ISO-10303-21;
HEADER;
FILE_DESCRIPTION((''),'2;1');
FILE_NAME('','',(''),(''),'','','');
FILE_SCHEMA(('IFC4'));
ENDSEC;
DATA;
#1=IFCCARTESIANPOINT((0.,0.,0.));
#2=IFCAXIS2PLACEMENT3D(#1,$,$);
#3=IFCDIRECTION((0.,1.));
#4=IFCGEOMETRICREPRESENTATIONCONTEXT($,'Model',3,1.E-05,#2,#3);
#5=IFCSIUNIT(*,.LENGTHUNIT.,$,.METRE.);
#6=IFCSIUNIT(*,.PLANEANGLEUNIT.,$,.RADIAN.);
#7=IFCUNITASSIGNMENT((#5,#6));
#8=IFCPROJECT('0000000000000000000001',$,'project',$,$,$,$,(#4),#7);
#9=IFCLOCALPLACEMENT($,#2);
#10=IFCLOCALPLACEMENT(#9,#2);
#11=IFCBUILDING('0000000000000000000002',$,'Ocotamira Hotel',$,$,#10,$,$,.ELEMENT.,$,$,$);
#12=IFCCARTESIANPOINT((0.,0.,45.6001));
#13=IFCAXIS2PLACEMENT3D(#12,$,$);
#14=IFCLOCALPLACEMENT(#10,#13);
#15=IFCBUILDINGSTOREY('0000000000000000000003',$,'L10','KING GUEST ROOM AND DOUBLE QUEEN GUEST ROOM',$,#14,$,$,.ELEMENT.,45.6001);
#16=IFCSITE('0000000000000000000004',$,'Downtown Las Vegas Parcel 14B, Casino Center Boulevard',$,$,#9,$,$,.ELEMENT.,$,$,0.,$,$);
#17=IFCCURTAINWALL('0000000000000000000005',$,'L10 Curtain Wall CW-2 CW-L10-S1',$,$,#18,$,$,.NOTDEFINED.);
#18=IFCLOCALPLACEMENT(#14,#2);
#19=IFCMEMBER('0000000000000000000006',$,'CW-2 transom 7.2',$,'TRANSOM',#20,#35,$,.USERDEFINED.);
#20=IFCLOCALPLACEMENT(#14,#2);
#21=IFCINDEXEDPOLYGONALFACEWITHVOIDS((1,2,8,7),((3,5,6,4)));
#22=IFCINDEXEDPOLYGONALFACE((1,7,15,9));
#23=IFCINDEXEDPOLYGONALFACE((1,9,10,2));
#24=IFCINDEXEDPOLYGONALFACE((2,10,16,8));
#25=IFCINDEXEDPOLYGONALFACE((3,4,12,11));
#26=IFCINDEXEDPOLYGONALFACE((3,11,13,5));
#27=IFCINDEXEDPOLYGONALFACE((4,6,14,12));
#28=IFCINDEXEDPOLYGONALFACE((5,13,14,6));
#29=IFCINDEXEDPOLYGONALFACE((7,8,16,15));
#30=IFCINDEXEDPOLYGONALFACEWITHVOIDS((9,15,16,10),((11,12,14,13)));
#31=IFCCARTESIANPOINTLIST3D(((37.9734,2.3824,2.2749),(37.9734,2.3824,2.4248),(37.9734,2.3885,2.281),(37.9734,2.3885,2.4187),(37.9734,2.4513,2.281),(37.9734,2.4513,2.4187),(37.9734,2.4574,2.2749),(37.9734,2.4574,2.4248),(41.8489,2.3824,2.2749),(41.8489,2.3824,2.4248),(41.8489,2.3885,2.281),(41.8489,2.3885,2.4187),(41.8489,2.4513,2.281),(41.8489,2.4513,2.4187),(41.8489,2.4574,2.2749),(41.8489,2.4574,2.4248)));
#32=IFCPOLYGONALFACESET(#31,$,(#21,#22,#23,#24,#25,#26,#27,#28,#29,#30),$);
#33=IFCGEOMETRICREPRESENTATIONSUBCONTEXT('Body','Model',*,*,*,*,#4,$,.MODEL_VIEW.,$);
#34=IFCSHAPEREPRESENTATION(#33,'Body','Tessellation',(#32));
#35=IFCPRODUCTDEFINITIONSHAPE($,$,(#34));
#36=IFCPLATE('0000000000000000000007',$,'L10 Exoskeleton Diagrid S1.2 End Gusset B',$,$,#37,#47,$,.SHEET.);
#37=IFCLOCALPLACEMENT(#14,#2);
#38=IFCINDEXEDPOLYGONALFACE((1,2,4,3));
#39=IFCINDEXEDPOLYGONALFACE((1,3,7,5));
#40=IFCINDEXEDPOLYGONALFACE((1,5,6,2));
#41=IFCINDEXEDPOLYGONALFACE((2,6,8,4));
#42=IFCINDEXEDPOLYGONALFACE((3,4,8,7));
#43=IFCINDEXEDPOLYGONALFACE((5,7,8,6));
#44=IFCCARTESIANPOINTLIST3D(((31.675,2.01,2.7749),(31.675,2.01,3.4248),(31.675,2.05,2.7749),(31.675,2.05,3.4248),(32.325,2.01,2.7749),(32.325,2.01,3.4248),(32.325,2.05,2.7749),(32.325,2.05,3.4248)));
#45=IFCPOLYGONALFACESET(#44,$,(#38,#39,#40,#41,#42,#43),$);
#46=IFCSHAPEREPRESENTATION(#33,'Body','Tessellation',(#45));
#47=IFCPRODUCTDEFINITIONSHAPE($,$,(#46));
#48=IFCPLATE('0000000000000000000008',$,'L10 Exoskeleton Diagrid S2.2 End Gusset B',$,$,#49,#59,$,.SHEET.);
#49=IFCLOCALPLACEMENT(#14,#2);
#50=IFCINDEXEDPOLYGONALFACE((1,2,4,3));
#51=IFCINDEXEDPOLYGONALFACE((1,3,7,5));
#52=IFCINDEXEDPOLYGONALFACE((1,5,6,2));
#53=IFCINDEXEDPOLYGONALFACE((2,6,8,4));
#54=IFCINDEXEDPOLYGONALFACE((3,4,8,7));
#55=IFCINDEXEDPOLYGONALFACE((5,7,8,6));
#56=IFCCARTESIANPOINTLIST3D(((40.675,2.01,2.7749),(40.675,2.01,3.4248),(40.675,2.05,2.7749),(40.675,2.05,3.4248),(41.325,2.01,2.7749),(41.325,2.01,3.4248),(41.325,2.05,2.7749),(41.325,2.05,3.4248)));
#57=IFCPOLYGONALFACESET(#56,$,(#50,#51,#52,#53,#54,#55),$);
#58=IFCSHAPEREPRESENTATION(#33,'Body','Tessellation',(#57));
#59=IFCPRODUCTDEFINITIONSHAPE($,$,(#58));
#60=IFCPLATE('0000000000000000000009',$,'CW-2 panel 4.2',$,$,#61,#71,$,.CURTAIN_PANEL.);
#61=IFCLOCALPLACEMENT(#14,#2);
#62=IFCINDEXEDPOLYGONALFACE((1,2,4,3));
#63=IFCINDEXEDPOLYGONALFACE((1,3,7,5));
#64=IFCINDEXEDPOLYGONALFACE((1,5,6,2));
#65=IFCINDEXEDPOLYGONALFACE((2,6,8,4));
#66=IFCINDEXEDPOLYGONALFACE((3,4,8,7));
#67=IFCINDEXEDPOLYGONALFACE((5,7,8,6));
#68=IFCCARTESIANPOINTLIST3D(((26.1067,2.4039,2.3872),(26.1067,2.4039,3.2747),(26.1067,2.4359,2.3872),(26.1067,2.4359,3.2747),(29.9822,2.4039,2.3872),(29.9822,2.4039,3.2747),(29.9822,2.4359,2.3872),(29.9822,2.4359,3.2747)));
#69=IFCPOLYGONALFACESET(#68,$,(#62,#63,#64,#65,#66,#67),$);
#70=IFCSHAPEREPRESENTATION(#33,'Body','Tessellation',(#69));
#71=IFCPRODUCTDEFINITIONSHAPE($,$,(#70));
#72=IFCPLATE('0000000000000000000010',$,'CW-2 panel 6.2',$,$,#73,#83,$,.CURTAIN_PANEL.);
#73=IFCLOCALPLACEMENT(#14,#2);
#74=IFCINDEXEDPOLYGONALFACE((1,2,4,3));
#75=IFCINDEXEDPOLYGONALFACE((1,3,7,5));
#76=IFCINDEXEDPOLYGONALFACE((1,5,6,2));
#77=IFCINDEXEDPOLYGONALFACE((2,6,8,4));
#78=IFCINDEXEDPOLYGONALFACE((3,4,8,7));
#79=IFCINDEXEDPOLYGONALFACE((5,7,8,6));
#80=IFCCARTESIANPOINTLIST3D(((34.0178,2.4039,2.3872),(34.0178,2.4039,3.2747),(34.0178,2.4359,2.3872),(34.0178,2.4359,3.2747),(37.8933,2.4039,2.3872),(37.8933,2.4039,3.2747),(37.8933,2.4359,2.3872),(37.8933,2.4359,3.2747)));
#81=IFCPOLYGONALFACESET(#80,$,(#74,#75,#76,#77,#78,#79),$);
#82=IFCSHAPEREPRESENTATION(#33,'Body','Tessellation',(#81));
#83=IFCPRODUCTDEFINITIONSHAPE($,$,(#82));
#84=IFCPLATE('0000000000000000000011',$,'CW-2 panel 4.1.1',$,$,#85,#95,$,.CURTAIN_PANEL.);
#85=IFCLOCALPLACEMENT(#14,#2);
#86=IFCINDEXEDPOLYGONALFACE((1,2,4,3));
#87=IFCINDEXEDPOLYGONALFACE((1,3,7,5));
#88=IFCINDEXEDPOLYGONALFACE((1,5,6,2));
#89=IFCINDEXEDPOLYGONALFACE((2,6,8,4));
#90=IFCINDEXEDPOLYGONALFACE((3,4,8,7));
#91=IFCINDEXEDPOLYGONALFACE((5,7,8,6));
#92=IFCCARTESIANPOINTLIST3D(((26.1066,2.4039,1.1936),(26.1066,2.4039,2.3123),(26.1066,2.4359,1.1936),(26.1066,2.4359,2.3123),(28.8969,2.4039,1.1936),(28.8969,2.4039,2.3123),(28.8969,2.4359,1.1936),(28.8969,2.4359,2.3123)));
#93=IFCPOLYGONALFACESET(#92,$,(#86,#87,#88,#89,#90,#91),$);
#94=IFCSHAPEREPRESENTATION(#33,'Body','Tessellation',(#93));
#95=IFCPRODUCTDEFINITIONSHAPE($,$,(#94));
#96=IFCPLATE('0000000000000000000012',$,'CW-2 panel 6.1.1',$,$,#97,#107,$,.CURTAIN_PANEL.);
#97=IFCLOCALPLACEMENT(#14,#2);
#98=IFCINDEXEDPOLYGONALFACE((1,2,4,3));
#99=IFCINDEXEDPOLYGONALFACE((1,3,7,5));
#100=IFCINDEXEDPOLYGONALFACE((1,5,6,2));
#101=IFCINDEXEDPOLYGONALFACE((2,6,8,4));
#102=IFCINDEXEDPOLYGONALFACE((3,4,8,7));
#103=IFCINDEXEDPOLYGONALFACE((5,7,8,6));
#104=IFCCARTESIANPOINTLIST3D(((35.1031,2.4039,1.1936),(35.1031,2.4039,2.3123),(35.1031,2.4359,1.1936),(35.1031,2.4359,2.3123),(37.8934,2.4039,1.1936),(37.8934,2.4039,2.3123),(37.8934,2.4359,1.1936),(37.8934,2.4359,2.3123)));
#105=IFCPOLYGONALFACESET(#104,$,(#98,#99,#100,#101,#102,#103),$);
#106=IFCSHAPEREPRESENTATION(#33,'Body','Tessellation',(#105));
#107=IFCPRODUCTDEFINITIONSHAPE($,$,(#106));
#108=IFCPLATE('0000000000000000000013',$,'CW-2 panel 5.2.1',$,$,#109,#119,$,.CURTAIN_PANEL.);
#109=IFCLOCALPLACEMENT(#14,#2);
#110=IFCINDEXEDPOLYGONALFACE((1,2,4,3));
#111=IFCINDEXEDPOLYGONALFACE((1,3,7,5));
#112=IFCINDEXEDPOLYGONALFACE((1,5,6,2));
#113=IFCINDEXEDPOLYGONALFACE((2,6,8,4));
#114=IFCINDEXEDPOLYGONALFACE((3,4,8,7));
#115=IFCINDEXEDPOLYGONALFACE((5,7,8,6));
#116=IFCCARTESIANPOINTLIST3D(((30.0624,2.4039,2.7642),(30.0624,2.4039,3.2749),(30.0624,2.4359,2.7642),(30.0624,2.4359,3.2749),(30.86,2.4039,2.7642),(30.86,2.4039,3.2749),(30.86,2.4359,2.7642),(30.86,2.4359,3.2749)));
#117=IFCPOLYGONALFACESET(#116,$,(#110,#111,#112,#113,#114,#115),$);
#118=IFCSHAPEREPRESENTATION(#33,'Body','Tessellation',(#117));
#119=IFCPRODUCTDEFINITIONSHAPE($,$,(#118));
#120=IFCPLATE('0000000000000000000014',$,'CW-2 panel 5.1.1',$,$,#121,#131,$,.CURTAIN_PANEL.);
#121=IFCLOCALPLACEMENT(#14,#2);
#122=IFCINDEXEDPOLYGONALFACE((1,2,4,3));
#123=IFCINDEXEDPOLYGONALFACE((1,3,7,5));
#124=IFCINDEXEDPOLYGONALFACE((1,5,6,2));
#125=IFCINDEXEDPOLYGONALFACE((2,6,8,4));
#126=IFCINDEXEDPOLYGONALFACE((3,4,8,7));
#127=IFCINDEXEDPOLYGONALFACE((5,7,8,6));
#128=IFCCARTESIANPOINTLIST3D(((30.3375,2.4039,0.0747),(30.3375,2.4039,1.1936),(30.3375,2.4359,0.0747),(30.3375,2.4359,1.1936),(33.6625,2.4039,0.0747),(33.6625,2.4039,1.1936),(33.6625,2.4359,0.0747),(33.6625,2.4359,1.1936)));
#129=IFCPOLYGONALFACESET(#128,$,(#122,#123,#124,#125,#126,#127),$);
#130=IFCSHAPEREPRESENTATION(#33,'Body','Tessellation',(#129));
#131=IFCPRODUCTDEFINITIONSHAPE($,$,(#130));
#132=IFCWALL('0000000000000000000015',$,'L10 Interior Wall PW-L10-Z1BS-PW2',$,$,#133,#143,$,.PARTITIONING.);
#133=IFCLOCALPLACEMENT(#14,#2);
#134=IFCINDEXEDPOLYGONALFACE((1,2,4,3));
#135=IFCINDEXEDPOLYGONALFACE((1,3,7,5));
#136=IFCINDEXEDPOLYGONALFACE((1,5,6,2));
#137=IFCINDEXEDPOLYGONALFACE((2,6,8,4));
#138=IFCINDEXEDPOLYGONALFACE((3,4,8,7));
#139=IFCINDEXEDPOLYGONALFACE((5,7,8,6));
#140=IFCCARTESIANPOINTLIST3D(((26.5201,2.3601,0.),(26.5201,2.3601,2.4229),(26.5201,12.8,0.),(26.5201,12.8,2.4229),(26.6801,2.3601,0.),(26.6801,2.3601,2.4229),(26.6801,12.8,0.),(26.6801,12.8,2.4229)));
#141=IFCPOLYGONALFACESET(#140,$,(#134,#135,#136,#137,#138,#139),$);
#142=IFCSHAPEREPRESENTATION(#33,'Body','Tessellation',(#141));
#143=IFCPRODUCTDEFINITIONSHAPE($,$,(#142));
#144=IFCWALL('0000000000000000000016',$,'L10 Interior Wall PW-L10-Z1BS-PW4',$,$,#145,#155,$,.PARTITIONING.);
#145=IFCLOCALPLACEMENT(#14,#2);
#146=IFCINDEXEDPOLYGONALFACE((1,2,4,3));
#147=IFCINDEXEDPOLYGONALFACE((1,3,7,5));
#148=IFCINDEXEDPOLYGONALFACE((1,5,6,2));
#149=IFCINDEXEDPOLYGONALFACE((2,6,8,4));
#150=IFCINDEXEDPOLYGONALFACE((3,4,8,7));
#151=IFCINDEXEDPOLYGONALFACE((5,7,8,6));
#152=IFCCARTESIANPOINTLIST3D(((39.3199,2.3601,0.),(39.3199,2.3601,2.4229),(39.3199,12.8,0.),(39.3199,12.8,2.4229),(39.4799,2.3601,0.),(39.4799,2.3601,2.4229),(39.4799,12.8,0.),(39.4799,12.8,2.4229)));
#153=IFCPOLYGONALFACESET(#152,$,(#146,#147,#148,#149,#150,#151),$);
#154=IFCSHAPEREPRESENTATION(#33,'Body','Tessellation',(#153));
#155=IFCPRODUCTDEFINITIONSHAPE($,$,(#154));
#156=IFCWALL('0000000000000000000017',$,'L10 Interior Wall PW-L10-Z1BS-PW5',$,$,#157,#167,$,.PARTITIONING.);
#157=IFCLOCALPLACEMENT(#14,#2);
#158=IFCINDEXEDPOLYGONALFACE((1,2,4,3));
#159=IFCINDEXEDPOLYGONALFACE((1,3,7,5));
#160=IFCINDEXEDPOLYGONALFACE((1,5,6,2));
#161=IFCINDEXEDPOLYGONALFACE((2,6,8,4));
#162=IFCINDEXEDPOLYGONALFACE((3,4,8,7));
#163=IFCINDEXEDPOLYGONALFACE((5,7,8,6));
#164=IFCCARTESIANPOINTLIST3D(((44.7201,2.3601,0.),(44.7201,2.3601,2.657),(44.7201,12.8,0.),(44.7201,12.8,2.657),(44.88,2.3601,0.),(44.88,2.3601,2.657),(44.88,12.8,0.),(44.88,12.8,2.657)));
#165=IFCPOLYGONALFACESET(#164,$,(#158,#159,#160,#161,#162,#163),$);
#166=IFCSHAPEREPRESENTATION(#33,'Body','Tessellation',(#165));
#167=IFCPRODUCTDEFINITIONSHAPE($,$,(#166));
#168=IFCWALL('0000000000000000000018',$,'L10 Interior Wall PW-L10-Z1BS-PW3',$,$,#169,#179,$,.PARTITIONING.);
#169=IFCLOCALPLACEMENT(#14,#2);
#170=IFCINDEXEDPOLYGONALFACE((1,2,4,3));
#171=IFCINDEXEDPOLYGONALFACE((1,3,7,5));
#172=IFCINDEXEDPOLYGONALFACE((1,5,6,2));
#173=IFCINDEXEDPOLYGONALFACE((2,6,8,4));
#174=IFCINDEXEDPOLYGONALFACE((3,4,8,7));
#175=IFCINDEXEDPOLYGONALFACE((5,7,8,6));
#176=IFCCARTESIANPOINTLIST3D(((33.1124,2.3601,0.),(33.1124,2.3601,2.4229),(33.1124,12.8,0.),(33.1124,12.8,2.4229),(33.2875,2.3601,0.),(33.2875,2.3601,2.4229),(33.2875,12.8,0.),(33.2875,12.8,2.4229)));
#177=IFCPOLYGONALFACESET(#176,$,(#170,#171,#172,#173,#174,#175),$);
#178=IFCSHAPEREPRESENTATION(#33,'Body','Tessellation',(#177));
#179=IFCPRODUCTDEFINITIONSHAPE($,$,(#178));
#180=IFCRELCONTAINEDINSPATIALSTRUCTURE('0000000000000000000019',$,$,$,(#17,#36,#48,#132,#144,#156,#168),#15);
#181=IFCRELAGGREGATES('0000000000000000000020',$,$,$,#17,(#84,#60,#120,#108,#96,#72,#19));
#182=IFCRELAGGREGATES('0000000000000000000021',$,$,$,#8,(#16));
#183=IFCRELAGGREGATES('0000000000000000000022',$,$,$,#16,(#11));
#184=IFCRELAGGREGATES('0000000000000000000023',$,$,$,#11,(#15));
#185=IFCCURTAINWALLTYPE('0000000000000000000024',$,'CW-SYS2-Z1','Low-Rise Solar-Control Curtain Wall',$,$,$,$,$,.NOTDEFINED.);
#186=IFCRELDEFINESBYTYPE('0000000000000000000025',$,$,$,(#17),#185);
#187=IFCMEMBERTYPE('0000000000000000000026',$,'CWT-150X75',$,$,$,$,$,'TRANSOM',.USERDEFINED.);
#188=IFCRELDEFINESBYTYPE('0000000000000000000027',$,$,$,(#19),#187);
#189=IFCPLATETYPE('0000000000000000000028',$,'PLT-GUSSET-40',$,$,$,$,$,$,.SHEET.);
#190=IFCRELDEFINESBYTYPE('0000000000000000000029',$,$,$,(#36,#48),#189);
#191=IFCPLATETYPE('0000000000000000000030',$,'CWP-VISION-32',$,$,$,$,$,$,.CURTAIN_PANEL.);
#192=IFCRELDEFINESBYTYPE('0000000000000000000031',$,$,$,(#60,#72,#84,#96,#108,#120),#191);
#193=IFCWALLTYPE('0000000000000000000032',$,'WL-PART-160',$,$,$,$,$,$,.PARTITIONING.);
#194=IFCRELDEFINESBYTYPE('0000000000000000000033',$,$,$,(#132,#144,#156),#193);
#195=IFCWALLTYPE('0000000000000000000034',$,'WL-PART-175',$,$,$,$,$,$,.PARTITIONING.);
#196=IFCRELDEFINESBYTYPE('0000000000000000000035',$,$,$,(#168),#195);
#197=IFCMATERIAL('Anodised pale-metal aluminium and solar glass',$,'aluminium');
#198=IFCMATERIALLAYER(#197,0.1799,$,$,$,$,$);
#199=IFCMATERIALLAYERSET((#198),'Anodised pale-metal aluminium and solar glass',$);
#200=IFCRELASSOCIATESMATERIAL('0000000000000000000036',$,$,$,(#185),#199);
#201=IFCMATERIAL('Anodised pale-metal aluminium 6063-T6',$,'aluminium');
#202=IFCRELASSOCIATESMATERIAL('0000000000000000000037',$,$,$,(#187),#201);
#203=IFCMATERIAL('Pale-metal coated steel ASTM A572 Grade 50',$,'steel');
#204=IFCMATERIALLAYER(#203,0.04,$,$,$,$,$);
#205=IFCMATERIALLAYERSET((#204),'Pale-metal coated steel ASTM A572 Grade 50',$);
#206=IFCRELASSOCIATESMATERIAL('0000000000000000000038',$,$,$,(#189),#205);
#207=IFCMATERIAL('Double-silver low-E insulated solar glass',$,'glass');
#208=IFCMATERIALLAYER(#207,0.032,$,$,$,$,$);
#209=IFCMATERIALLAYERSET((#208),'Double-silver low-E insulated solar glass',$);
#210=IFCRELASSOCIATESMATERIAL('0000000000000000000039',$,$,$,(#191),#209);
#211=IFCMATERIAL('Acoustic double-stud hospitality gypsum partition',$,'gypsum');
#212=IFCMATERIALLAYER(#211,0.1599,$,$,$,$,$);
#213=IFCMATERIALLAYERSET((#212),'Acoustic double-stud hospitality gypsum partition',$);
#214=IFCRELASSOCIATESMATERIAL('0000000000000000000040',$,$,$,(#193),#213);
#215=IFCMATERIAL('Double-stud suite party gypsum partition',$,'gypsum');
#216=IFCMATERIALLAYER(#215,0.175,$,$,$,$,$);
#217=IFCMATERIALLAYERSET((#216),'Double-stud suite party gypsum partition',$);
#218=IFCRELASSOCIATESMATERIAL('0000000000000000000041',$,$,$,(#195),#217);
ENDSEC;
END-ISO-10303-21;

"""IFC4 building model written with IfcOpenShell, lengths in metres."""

from ifc_helpers import new_model, si_unit, direction, frame, frame_2d, origin, origin_2d, place, context, subcontext, project, spatial, rectangle, hollow_rectangle, extrude, source, transform, mapped, material, layer, layer_set, material_profile, profile_set, type_object, element, aggregate, save


model = new_model("IFC4")

# Units and contexts
model_context = context("Model", 3, precision=1e-05, world=origin(), true_north=direction((0.0, 1.0)))
body_context = subcontext(model_context, "Body", "Model", "MODEL_VIEW")
ifc_project = project(units=[si_unit("LENGTHUNIT", "METRE"), si_unit("PLANEANGLEUNIT", "RADIAN")], contexts=[model_context])

# Site, building, storey
site_placement = place(None, origin())
site = spatial("IfcSite", under=ifc_project, at=site_placement, Name="Downtown Las Vegas Parcel 14B, Casino Center Boulevard", CompositionType="ELEMENT", RefElevation=0.0)
building_placement = place(site_placement, origin())
building = spatial("IfcBuilding", under=site, at=building_placement, Name="Ocotamira Hotel", CompositionType="ELEMENT")
storey_placement = place(building_placement, frame((0.0, 0.0, 45.6001)))
storey = spatial("IfcBuildingStorey", under=building, at=storey_placement, Name="L10", Description="KING GUEST ROOM AND DOUBLE QUEEN GUEST ROOM", CompositionType="ELEMENT", Elevation=45.6001)

# Curtain wall, member
ifc_material_1 = material(Name="Anodised pale-metal aluminium and solar glass", Category="aluminium")
ifc_layer_1 = layer(ifc_material_1, 0.1799)
ifc_layer_set_1 = layer_set([ifc_layer_1], Name="Anodised pale-metal aluminium and solar glass")
curtain_wall_type = type_object("IfcCurtainWallType", Name="CW-SYS2-Z1", Description="Low-Rise Solar-Control Curtain Wall", PredefinedType="NOTDEFINED", material=ifc_layer_set_1)
curtain_wall_placement = place(storey_placement, origin())
curtain_wall = element("IfcCurtainWall", 1, at=curtain_wall_placement, inside=storey, type_object=curtain_wall_type, Name="L10 Curtain Wall CW-2 CW-L10-S1", PredefinedType="NOTDEFINED")
ifc_material_2 = material(Name="Anodised pale-metal aluminium 6063-T6", Category="aluminium")
ifc_material_profile_1 = material_profile(ifc_material_2, hollow_rectangle(XDim=0.075, YDim=0.1499, WallThickness=0.0061, at=origin_2d()), Name="HSS150X75X6")
ifc_profile_set_1 = profile_set([ifc_material_profile_1], Name="Anodised pale-metal aluminium 6063-T6")
member_type_1 = type_object("IfcMemberType", Name="CWT-150X75", ElementType="TRANSOM", PredefinedType="USERDEFINED", material=ifc_profile_set_1)
shared_shape_1 = source(origin(), body_context, "Body", "SweptSolid", [
    extrude(hollow_rectangle(XDim=0.075, YDim=0.1499, WallThickness=0.0061, at=origin_2d()), origin(), (0.0, 0.0, 1.0), 3.8755),
])
member_1_placement = place(storey_placement, frame((37.9734, 2.4199, 2.3499), z_axis=(1.0, 0.0, 0.0), x_axis=(0.0, 1.0, 0.0)))
member_1 = element("IfcMember", 2, at=member_1_placement, type_object=member_type_1, Name="CW-2 transom 7.2", ObjectType="TRANSOM", PredefinedType="USERDEFINED", context=body_context, shape_type="MappedRepresentation", body=[
    mapped(shared_shape_1, transform((0.0, 0.0, 0.0), scale=1.0)),
])

# Plates
ifc_material_3 = material(Name="Pale-metal coated steel ASTM A572 Grade 50", Category="steel")
ifc_layer_2 = layer(ifc_material_3, 0.04)
ifc_layer_set_2 = layer_set([ifc_layer_2], Name="Pale-metal coated steel ASTM A572 Grade 50")
plate_type_1 = type_object("IfcPlateType", Name="PLT-GUSSET-40", PredefinedType="SHEET", material=ifc_layer_set_2)
shared_shape_2 = source(origin(), body_context, "Body", "SweptSolid", [
    extrude(rectangle(XDim=0.6499, YDim=0.04, at=origin_2d()), origin(), (0.0, 0.0, 1.0), 0.6499),
])
for number, where, z_axis, x_axis, name in (
    (3, (32.0, 2.03, 2.7749), (0.0, 0.0, 1.0), (1.0, 0.0, 0.0), "L10 Exoskeleton Diagrid S1.2 End Gusset B"),
    (4, (41.0, 2.03, 2.7749), (0.0, 0.0, 1.0), (1.0, 0.0, 0.0), "L10 Exoskeleton Diagrid S2.2 End Gusset B"),
):
    element("IfcPlate", number, at=place(storey_placement, frame(where, z_axis=z_axis, x_axis=x_axis)), inside=storey, type_object=plate_type_1, Name=name, PredefinedType="SHEET", context=body_context, shape_type="MappedRepresentation", body=[
        mapped(shared_shape_2, transform((0.0, 0.0, 0.0), scale=1.0)),
    ])

# Plates
ifc_material_4 = material(Name="Double-silver low-E insulated solar glass", Category="glass")
ifc_layer_3 = layer(ifc_material_4, 0.032)
ifc_layer_set_3 = layer_set([ifc_layer_3], Name="Double-silver low-E insulated solar glass")
plate_type_2 = type_object("IfcPlateType", Name="CWP-VISION-32", PredefinedType="CURTAIN_PANEL", material=ifc_layer_set_3)
shared_shape_3 = source(origin(), body_context, "Body", "SweptSolid", [
    extrude(rectangle(XDim=3.8755, YDim=0.032, at=origin_2d()), origin(), (0.0, 0.0, 1.0), 0.8875),
])
plate_1_placement = place(storey_placement, frame((28.0444, 2.4199, 2.3872), z_axis=(0.0, 0.0, 1.0), x_axis=(1.0, 0.0, 0.0)))
plate_1 = element("IfcPlate", 5, at=plate_1_placement, type_object=plate_type_2, Name="CW-2 panel 4.2", PredefinedType="CURTAIN_PANEL", context=body_context, shape_type="MappedRepresentation", body=[
    mapped(shared_shape_3, transform((0.0, 0.0, 0.0), scale=1.0)),
])
plate_2_placement = place(storey_placement, frame((35.9556, 2.4199, 2.3872), z_axis=(0.0, 0.0, 1.0), x_axis=(1.0, 0.0, 0.0)))
plate_2 = element("IfcPlate", 6, at=plate_2_placement, type_object=plate_type_2, Name="CW-2 panel 6.2", PredefinedType="CURTAIN_PANEL", context=body_context, shape_type="MappedRepresentation", body=[
    mapped(shared_shape_3, transform((0.0, 0.0, 0.0), scale=1.0)),
])
shared_shape_4 = source(origin(), body_context, "Body", "SweptSolid", [
    extrude(rectangle(XDim=2.7903, YDim=0.032, at=origin_2d()), origin(), (0.0, 0.0, 1.0), 1.1187),
])
plate_3_placement = place(storey_placement, frame((27.5017, 2.4199, 1.1936), z_axis=(0.0, 0.0, 1.0), x_axis=(1.0, 0.0, 0.0)))
plate_3 = element("IfcPlate", 7, at=plate_3_placement, type_object=plate_type_2, Name="CW-2 panel 4.1.1", PredefinedType="CURTAIN_PANEL", context=body_context, shape_type="MappedRepresentation", body=[
    mapped(shared_shape_4, transform((0.0, 0.0, 0.0), scale=1.0)),
])
plate_4_placement = place(storey_placement, frame((36.4983, 2.4199, 1.1936), z_axis=(0.0, 0.0, 1.0), x_axis=(1.0, 0.0, 0.0)))
plate_4 = element("IfcPlate", 8, at=plate_4_placement, type_object=plate_type_2, Name="CW-2 panel 6.1.1", PredefinedType="CURTAIN_PANEL", context=body_context, shape_type="MappedRepresentation", body=[
    mapped(shared_shape_4, transform((0.0, 0.0, 0.0), scale=1.0)),
])
shared_shape_5 = source(origin(), body_context, "Body", "SweptSolid", [
    extrude(rectangle(XDim=0.7976, YDim=0.032, at=origin_2d()), origin(), (0.0, 0.0, 1.0), 0.5107),
])
plate_5_placement = place(storey_placement, frame((30.4612, 2.4199, 2.7642), z_axis=(0.0, 0.0, 1.0), x_axis=(1.0, 0.0, 0.0)))
plate_5 = element("IfcPlate", 9, at=plate_5_placement, type_object=plate_type_2, Name="CW-2 panel 5.2.1", PredefinedType="CURTAIN_PANEL", context=body_context, shape_type="MappedRepresentation", body=[
    mapped(shared_shape_5, transform((0.0, 0.0, 0.0), scale=1.0)),
])
shared_shape_6 = source(origin(), body_context, "Body", "SweptSolid", [
    extrude(rectangle(XDim=3.325, YDim=0.032, at=origin_2d()), origin(), (0.0, 0.0, 1.0), 1.1189),
])
plate_6_placement = place(storey_placement, frame((32.0, 2.4199, 0.0747), z_axis=(0.0, 0.0, 1.0), x_axis=(1.0, 0.0, 0.0)))
plate_6 = element("IfcPlate", 10, at=plate_6_placement, type_object=plate_type_2, Name="CW-2 panel 5.1.1", PredefinedType="CURTAIN_PANEL", context=body_context, shape_type="MappedRepresentation", body=[
    mapped(shared_shape_6, transform((0.0, 0.0, 0.0), scale=1.0)),
])
aggregate(curtain_wall, [plate_3, plate_1, plate_6, plate_5, plate_4, plate_2, member_1])

# Walls
ifc_material_5 = material(Name="Acoustic double-stud hospitality gypsum partition", Category="gypsum")
ifc_layer_4 = layer(ifc_material_5, 0.1599)
ifc_layer_set_4 = layer_set([ifc_layer_4], Name="Acoustic double-stud hospitality gypsum partition")
wall_type_1 = type_object("IfcWallType", Name="WL-PART-160", PredefinedType="PARTITIONING", material=ifc_layer_set_4)
for number, where, z_axis, x_axis, name in (
    (11, (26.6001, 2.3601, 0.0), (0.0, 0.0, 1.0), (0.0, 1.0, 0.0), "L10 Interior Wall PW-L10-Z1BS-PW2"),
    (12, (39.3999, 2.3601, 0.0), (0.0, 0.0, 1.0), (0.0, 1.0, 0.0), "L10 Interior Wall PW-L10-Z1BS-PW4"),
):
    element("IfcWall", number, at=place(storey_placement, frame(where, z_axis=z_axis, x_axis=x_axis)), inside=storey, type_object=wall_type_1, Name=name, PredefinedType="PARTITIONING", context=body_context, shape_type="SweptSolid", body=[
        extrude(rectangle(XDim=10.4399, YDim=0.1599, at=frame_2d((5.22, 0.0))), origin(), (0.0, 0.0, 1.0), 2.4229),
    ])
wall_1_placement = place(storey_placement, frame((44.8, 2.3601, 0.0), z_axis=(0.0, 0.0, 1.0), x_axis=(0.0, 1.0, 0.0)))
element("IfcWall", 13, at=wall_1_placement, inside=storey, type_object=wall_type_1, Name="L10 Interior Wall PW-L10-Z1BS-PW5", PredefinedType="PARTITIONING", context=body_context, shape_type="SweptSolid", body=[
    extrude(rectangle(XDim=10.4399, YDim=0.1599, at=frame_2d((5.22, 0.0))), origin(), (0.0, 0.0, 1.0), 2.657),
])
ifc_material_6 = material(Name="Double-stud suite party gypsum partition", Category="gypsum")
ifc_layer_5 = layer(ifc_material_6, 0.175)
ifc_layer_set_5 = layer_set([ifc_layer_5], Name="Double-stud suite party gypsum partition")
wall_type_2 = type_object("IfcWallType", Name="WL-PART-175", PredefinedType="PARTITIONING", material=ifc_layer_set_5)
wall_2_placement = place(storey_placement, frame((33.2, 2.3601, 0.0), z_axis=(0.0, 0.0, 1.0), x_axis=(0.0, 1.0, 0.0)))
element("IfcWall", 14, at=wall_2_placement, inside=storey, type_object=wall_type_2, Name="L10 Interior Wall PW-L10-Z1BS-PW3", PredefinedType="PARTITIONING", context=body_context, shape_type="SweptSolid", body=[
    extrude(rectangle(XDim=10.4399, YDim=0.175, at=frame_2d((5.22, 0.0))), origin(), (0.0, 0.0, 1.0), 2.4229),
])

save(model, "model.ifc")
